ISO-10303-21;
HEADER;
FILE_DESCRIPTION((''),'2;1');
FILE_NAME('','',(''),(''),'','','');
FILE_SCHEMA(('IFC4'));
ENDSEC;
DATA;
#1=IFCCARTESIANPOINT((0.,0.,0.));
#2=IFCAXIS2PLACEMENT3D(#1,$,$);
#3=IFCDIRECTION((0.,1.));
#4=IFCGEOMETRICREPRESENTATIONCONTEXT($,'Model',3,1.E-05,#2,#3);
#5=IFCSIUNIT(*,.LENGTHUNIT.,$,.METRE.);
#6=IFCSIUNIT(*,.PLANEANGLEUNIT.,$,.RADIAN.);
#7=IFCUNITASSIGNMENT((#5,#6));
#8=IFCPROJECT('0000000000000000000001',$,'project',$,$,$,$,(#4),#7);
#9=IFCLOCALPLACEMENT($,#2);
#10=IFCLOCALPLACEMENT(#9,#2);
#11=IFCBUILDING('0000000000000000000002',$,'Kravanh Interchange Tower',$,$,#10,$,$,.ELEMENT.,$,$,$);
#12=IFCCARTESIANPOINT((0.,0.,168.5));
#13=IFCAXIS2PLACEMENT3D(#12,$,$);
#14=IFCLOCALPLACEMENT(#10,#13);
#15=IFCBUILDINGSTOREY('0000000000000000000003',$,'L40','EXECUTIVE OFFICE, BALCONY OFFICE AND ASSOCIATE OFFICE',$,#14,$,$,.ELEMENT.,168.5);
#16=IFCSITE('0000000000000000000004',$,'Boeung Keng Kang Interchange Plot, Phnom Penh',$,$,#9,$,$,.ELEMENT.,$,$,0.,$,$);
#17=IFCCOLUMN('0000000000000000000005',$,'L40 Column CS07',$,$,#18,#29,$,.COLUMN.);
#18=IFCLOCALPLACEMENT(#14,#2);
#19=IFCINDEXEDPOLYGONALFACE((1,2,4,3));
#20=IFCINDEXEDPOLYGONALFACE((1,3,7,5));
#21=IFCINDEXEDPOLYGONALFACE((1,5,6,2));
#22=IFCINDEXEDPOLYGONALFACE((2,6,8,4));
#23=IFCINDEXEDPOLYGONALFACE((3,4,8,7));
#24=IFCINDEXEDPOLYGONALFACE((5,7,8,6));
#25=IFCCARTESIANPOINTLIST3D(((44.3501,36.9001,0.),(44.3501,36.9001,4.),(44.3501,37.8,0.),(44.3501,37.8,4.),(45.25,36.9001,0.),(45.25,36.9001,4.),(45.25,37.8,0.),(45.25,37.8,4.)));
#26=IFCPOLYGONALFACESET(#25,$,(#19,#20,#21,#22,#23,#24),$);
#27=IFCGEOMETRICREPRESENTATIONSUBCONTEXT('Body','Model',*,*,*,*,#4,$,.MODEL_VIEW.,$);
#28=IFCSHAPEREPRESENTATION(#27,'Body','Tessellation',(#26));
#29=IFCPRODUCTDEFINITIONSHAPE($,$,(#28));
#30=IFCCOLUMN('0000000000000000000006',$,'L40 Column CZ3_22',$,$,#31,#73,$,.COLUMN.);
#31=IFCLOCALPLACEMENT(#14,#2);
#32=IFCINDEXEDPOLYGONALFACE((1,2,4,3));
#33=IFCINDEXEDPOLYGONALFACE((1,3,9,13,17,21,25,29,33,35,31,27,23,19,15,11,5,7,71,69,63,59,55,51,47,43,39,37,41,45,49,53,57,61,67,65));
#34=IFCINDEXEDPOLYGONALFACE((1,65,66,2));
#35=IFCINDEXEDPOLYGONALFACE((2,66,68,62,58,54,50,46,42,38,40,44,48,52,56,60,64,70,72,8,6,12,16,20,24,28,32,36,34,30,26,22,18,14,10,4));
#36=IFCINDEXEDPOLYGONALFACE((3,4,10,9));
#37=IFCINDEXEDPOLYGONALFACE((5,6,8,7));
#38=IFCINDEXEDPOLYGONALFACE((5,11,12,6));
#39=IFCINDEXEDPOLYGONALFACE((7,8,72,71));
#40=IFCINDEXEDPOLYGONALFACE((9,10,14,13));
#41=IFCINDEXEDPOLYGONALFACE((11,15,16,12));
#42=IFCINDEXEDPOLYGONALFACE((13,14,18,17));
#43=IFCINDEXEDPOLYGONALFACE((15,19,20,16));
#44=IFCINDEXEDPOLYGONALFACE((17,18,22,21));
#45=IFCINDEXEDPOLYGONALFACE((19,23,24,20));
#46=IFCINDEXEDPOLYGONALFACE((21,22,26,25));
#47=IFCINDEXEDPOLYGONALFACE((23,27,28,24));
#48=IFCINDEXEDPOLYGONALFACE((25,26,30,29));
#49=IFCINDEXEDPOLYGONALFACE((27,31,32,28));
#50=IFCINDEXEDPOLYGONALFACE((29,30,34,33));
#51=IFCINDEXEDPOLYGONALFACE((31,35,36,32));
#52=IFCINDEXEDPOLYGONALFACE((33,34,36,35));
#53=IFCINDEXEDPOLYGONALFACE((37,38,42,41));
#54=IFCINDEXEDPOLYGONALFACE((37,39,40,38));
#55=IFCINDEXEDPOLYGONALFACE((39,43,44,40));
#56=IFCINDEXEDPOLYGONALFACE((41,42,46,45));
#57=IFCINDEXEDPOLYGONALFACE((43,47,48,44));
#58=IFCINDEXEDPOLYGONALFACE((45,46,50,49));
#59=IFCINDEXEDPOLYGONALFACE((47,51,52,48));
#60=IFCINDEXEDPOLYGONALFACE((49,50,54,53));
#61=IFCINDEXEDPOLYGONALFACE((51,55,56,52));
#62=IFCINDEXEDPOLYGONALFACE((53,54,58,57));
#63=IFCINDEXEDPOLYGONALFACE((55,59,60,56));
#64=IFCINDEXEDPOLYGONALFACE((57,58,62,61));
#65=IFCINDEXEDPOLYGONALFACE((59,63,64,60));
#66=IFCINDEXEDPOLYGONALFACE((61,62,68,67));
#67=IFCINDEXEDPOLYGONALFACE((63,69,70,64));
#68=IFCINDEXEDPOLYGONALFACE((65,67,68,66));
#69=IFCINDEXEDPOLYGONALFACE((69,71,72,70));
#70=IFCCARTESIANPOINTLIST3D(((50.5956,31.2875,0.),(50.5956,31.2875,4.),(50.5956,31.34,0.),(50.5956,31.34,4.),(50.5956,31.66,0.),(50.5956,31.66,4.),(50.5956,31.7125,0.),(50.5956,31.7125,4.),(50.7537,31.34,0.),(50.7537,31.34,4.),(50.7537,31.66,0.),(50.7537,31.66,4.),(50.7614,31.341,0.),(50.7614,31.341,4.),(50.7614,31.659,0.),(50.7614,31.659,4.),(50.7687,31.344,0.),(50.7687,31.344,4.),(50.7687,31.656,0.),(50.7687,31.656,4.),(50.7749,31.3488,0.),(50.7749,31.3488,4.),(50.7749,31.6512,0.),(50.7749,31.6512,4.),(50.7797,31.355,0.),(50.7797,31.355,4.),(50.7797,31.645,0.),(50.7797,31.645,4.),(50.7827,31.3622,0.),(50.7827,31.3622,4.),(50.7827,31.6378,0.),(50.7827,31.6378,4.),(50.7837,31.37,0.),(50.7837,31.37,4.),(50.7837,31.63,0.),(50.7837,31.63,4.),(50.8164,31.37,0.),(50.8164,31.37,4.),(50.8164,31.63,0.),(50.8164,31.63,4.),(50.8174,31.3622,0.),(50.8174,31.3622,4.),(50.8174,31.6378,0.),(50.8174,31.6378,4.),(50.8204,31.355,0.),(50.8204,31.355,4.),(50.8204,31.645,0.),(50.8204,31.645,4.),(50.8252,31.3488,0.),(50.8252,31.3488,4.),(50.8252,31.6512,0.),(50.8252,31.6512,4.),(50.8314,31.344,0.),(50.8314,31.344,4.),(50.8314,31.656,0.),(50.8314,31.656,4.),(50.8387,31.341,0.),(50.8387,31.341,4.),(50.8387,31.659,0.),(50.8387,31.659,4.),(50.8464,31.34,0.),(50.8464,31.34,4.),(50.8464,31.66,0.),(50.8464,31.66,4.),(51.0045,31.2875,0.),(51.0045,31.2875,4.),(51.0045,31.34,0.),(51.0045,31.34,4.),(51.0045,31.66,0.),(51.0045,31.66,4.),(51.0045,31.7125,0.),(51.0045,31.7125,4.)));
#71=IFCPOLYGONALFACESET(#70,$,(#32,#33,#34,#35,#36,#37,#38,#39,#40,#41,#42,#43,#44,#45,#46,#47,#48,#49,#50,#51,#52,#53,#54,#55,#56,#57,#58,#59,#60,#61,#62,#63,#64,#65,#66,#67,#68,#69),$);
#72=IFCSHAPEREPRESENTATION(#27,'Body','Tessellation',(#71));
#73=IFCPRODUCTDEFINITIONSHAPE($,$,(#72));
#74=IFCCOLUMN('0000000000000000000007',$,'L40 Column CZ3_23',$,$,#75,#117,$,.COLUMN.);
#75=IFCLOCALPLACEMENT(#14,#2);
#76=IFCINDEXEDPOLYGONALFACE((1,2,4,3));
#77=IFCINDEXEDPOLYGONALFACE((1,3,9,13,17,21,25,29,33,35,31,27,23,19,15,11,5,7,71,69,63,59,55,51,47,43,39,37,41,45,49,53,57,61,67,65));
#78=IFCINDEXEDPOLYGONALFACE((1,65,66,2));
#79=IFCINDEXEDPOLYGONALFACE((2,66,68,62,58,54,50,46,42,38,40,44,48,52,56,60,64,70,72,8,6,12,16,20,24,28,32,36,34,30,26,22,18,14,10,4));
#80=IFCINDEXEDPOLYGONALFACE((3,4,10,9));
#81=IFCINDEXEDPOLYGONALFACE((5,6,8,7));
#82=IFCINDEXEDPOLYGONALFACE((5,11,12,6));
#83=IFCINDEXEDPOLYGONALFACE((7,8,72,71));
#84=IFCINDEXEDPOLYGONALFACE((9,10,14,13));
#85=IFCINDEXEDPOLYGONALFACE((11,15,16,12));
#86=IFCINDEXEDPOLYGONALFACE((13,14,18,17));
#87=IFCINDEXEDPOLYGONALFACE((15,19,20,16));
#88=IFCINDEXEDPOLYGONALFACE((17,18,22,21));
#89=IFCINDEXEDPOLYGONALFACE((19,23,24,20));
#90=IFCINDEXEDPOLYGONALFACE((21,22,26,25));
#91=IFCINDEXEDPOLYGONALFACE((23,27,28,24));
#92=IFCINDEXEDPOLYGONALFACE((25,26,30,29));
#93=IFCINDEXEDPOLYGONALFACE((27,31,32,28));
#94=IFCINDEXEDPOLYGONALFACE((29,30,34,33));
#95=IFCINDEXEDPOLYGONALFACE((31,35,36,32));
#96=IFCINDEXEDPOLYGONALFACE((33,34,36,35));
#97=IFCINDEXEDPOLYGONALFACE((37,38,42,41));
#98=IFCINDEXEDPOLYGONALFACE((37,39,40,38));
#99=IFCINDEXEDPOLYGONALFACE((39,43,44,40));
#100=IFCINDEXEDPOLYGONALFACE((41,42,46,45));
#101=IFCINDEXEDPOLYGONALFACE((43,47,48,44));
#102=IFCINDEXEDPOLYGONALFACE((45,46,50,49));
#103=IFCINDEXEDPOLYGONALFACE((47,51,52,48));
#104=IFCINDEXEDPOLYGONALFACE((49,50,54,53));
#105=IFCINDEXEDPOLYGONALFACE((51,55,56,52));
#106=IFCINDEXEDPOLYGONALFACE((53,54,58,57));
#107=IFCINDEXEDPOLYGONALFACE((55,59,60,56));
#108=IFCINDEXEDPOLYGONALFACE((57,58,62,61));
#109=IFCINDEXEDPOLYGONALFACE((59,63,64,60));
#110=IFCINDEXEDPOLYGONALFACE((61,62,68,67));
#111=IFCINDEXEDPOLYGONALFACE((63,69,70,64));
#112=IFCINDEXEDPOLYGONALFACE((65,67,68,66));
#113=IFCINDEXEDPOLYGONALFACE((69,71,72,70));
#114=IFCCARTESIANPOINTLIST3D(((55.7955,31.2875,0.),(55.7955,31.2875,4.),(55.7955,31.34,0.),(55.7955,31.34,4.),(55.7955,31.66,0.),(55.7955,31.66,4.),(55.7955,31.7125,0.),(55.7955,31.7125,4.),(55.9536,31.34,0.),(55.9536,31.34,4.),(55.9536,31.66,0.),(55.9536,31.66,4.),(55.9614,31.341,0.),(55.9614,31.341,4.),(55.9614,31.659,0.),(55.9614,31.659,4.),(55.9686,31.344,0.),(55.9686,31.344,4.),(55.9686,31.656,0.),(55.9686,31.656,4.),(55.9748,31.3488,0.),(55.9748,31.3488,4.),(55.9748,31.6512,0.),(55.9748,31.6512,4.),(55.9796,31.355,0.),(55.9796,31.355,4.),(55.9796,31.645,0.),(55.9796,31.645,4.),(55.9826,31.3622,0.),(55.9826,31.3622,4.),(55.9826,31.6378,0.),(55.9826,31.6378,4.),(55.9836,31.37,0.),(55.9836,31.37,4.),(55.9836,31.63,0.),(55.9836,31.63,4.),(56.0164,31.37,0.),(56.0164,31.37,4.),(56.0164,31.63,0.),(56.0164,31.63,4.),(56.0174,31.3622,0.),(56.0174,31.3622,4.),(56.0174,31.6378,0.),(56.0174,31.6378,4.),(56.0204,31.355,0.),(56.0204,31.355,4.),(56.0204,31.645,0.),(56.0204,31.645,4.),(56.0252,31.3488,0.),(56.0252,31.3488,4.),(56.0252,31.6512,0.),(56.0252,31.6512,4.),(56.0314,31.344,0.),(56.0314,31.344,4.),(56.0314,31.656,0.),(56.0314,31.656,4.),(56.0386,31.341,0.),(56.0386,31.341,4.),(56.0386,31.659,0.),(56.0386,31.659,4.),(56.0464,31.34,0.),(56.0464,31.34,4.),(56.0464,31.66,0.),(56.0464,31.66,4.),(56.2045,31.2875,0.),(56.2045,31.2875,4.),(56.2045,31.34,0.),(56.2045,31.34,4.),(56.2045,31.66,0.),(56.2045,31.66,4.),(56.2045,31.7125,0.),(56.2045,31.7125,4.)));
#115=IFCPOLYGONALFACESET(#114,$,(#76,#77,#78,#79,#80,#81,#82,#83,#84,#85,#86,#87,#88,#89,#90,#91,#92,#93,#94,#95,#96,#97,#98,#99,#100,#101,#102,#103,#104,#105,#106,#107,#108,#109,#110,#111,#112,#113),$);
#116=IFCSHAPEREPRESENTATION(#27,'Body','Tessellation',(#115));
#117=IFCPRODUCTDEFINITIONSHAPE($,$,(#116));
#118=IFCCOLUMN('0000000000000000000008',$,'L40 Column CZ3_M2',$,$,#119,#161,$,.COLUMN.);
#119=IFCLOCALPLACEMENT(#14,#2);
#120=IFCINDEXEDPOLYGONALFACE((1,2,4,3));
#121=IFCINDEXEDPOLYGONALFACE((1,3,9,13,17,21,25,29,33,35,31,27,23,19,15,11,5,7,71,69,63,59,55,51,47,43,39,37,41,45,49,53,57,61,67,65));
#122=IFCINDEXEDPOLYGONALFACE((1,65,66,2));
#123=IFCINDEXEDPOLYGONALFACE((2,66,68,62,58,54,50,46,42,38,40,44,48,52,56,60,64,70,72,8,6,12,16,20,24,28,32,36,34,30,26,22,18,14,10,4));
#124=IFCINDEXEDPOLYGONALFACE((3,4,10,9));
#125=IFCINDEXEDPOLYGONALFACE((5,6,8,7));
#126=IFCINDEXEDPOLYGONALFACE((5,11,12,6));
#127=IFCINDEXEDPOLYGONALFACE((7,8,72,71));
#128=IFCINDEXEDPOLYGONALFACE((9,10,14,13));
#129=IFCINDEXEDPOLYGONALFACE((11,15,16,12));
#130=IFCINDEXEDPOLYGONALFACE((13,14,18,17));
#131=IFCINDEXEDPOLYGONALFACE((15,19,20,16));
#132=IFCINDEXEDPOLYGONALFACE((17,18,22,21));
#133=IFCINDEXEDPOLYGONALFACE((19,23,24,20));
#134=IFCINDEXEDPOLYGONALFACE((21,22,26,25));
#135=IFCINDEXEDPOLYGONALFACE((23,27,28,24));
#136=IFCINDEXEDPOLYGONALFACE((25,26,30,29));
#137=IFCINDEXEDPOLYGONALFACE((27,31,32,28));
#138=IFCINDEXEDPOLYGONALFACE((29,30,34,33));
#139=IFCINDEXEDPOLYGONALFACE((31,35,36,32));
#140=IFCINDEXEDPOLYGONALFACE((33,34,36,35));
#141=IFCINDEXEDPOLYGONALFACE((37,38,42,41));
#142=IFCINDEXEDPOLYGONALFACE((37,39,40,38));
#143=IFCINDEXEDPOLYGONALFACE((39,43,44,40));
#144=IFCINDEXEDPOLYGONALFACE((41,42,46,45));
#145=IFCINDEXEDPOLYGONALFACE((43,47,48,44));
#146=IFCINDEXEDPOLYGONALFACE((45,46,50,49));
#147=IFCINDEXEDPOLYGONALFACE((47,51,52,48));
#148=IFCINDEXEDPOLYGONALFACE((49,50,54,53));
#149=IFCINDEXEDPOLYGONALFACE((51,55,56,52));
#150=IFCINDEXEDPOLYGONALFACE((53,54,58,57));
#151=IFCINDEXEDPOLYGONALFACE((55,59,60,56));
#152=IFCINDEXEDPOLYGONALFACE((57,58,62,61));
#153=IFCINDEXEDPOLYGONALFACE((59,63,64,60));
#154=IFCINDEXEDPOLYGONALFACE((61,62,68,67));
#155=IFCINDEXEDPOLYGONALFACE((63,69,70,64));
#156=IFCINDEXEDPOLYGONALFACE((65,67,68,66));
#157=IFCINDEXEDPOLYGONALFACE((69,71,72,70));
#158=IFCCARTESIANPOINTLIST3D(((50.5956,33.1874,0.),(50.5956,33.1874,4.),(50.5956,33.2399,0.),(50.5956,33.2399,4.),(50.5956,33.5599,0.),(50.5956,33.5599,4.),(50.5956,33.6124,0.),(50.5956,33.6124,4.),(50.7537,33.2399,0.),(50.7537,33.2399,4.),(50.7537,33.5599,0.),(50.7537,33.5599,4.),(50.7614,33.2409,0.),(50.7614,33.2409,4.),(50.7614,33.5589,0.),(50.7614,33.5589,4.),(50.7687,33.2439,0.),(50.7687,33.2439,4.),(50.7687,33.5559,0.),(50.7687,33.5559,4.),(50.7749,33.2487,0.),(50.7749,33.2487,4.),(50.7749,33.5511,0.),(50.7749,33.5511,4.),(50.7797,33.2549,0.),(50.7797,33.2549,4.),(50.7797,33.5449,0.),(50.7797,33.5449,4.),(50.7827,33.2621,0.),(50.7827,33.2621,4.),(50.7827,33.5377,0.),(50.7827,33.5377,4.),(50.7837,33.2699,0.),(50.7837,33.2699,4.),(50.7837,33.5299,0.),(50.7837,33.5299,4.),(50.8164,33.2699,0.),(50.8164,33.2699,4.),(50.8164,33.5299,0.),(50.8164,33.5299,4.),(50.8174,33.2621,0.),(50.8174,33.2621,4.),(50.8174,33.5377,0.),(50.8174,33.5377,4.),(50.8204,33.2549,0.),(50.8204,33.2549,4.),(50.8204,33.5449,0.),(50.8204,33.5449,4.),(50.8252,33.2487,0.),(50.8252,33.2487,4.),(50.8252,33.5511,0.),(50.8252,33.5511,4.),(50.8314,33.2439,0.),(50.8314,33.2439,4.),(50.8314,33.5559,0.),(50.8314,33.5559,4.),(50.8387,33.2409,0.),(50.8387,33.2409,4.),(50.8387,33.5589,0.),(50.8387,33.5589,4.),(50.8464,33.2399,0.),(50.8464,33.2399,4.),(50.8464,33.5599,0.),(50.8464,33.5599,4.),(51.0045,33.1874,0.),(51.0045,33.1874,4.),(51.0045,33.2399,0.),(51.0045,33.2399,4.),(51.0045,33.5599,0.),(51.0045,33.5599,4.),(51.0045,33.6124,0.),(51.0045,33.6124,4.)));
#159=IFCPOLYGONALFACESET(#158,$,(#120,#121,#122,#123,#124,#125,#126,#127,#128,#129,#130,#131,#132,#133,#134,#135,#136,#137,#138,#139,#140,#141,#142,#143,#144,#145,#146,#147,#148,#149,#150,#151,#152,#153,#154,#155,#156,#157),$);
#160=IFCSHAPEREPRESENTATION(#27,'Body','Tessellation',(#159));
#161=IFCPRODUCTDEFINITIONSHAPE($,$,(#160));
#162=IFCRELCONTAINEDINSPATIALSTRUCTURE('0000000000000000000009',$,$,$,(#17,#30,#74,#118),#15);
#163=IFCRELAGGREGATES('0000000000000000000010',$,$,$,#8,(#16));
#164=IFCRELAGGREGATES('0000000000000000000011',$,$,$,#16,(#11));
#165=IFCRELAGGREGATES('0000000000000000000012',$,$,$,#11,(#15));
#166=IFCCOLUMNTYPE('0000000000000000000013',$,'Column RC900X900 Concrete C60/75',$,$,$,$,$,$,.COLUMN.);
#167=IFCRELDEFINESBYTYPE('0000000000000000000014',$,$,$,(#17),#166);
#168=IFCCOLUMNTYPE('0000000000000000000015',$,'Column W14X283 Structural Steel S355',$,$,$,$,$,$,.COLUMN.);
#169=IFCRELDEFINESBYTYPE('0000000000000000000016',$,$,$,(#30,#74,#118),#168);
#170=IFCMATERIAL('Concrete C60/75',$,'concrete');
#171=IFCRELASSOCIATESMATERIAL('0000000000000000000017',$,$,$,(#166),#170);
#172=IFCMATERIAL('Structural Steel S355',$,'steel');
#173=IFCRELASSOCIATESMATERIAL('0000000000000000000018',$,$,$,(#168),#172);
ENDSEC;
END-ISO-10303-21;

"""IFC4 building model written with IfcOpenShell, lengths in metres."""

from ifc_helpers import new_model, si_unit, direction, frame, origin, origin_2d, place, context, subcontext, project, spatial, rectangle, i_section, extrude, material, material_profile, profile_set, type_object, element, save


model = new_model("IFC4")

# Units and contexts
model_context = context("Model", 3, precision=1e-05, world=origin(), true_north=direction((0.0, 1.0)))
body_context = subcontext(model_context, "Body", "Model", "MODEL_VIEW")
ifc_project = project(units=[si_unit("LENGTHUNIT", "METRE"), si_unit("PLANEANGLEUNIT", "RADIAN")], contexts=[model_context])

# Site, building, storey
site_placement = place(None, origin())
site = spatial("IfcSite", under=ifc_project, at=site_placement, Name="Boeung Keng Kang Interchange Plot, Phnom Penh", CompositionType="ELEMENT", RefElevation=0.0)
building_placement = place(site_placement, origin())
building = spatial("IfcBuilding", under=site, at=building_placement, Name="Kravanh Interchange Tower", CompositionType="ELEMENT")
storey_placement = place(building_placement, frame((0.0, 0.0, 168.5)))
storey = spatial("IfcBuildingStorey", under=building, at=storey_placement, Name="L40", Description="EXECUTIVE OFFICE, BALCONY OFFICE AND ASSOCIATE OFFICE", CompositionType="ELEMENT", Elevation=168.5)

# Columns
ifc_material_1 = material(Name="Concrete C60/75", Category="concrete")
ifc_material_profile_1 = material_profile(ifc_material_1, rectangle(XDim=0.8999, YDim=0.8999, at=origin_2d()), Name="RC900X900")
ifc_profile_set_1 = profile_set([ifc_material_profile_1], Name="Concrete C60/75")
column_type_1 = type_object("IfcColumnType", Name="Column RC900X900 Concrete C60/75", PredefinedType="COLUMN", material=ifc_profile_set_1)
column_placement = place(storey_placement, frame((44.8, 37.3501, 0.0), z_axis=(0.0, 0.0, 1.0), x_axis=(1.0, 0.0, 0.0)))
element("IfcColumn", 1, at=column_placement, inside=storey, type_object=column_type_1, Name="L40 Column CS07", PredefinedType="COLUMN", context=body_context, shape_type="SweptSolid", body=[
    extrude(rectangle(XDim=0.8999, YDim=0.8999, at=origin_2d()), origin(), (0.0, 0.0, 1.0), 4.0),
])
ifc_material_2 = material(Name="Structural Steel S355", Category="steel")
ifc_material_profile_2 = material_profile(ifc_material_2, i_section(OverallWidth=0.4089, OverallDepth=0.425, WebThickness=0.0327, FlangeThickness=0.0525, FilletRadius=0.03, at=origin_2d()), Name="W14X283")
ifc_profile_set_2 = profile_set([ifc_material_profile_2], Name="Structural Steel S355")
column_type_2 = type_object("IfcColumnType", Name="Column W14X283 Structural Steel S355", PredefinedType="COLUMN", material=ifc_profile_set_2)
for number, where, z_axis, x_axis, name in (
    (2, (50.8, 31.5, 0.0), (0.0, 0.0, 1.0), (1.0, 0.0, 0.0), "L40 Column CZ3_22"),
    (3, (56.0, 31.5, 0.0), (0.0, 0.0, 1.0), (1.0, 0.0, 0.0), "L40 Column CZ3_23"),
    (4, (50.8, 33.3999, 0.0), (0.0, 0.0, 1.0), (1.0, 0.0, 0.0), "L40 Column CZ3_M2"),
):
    element("IfcColumn", number, at=place(storey_placement, frame(where, z_axis=z_axis, x_axis=x_axis)), inside=storey, type_object=column_type_2, Name=name, PredefinedType="COLUMN", context=body_context, shape_type="SweptSolid", body=[
        extrude(i_section(OverallWidth=0.4089, OverallDepth=0.425, WebThickness=0.0327, FlangeThickness=0.0525, FilletRadius=0.03, at=origin_2d()), origin(), (0.0, 0.0, 1.0), 4.0),
    ])

save(model, "model.ifc")
